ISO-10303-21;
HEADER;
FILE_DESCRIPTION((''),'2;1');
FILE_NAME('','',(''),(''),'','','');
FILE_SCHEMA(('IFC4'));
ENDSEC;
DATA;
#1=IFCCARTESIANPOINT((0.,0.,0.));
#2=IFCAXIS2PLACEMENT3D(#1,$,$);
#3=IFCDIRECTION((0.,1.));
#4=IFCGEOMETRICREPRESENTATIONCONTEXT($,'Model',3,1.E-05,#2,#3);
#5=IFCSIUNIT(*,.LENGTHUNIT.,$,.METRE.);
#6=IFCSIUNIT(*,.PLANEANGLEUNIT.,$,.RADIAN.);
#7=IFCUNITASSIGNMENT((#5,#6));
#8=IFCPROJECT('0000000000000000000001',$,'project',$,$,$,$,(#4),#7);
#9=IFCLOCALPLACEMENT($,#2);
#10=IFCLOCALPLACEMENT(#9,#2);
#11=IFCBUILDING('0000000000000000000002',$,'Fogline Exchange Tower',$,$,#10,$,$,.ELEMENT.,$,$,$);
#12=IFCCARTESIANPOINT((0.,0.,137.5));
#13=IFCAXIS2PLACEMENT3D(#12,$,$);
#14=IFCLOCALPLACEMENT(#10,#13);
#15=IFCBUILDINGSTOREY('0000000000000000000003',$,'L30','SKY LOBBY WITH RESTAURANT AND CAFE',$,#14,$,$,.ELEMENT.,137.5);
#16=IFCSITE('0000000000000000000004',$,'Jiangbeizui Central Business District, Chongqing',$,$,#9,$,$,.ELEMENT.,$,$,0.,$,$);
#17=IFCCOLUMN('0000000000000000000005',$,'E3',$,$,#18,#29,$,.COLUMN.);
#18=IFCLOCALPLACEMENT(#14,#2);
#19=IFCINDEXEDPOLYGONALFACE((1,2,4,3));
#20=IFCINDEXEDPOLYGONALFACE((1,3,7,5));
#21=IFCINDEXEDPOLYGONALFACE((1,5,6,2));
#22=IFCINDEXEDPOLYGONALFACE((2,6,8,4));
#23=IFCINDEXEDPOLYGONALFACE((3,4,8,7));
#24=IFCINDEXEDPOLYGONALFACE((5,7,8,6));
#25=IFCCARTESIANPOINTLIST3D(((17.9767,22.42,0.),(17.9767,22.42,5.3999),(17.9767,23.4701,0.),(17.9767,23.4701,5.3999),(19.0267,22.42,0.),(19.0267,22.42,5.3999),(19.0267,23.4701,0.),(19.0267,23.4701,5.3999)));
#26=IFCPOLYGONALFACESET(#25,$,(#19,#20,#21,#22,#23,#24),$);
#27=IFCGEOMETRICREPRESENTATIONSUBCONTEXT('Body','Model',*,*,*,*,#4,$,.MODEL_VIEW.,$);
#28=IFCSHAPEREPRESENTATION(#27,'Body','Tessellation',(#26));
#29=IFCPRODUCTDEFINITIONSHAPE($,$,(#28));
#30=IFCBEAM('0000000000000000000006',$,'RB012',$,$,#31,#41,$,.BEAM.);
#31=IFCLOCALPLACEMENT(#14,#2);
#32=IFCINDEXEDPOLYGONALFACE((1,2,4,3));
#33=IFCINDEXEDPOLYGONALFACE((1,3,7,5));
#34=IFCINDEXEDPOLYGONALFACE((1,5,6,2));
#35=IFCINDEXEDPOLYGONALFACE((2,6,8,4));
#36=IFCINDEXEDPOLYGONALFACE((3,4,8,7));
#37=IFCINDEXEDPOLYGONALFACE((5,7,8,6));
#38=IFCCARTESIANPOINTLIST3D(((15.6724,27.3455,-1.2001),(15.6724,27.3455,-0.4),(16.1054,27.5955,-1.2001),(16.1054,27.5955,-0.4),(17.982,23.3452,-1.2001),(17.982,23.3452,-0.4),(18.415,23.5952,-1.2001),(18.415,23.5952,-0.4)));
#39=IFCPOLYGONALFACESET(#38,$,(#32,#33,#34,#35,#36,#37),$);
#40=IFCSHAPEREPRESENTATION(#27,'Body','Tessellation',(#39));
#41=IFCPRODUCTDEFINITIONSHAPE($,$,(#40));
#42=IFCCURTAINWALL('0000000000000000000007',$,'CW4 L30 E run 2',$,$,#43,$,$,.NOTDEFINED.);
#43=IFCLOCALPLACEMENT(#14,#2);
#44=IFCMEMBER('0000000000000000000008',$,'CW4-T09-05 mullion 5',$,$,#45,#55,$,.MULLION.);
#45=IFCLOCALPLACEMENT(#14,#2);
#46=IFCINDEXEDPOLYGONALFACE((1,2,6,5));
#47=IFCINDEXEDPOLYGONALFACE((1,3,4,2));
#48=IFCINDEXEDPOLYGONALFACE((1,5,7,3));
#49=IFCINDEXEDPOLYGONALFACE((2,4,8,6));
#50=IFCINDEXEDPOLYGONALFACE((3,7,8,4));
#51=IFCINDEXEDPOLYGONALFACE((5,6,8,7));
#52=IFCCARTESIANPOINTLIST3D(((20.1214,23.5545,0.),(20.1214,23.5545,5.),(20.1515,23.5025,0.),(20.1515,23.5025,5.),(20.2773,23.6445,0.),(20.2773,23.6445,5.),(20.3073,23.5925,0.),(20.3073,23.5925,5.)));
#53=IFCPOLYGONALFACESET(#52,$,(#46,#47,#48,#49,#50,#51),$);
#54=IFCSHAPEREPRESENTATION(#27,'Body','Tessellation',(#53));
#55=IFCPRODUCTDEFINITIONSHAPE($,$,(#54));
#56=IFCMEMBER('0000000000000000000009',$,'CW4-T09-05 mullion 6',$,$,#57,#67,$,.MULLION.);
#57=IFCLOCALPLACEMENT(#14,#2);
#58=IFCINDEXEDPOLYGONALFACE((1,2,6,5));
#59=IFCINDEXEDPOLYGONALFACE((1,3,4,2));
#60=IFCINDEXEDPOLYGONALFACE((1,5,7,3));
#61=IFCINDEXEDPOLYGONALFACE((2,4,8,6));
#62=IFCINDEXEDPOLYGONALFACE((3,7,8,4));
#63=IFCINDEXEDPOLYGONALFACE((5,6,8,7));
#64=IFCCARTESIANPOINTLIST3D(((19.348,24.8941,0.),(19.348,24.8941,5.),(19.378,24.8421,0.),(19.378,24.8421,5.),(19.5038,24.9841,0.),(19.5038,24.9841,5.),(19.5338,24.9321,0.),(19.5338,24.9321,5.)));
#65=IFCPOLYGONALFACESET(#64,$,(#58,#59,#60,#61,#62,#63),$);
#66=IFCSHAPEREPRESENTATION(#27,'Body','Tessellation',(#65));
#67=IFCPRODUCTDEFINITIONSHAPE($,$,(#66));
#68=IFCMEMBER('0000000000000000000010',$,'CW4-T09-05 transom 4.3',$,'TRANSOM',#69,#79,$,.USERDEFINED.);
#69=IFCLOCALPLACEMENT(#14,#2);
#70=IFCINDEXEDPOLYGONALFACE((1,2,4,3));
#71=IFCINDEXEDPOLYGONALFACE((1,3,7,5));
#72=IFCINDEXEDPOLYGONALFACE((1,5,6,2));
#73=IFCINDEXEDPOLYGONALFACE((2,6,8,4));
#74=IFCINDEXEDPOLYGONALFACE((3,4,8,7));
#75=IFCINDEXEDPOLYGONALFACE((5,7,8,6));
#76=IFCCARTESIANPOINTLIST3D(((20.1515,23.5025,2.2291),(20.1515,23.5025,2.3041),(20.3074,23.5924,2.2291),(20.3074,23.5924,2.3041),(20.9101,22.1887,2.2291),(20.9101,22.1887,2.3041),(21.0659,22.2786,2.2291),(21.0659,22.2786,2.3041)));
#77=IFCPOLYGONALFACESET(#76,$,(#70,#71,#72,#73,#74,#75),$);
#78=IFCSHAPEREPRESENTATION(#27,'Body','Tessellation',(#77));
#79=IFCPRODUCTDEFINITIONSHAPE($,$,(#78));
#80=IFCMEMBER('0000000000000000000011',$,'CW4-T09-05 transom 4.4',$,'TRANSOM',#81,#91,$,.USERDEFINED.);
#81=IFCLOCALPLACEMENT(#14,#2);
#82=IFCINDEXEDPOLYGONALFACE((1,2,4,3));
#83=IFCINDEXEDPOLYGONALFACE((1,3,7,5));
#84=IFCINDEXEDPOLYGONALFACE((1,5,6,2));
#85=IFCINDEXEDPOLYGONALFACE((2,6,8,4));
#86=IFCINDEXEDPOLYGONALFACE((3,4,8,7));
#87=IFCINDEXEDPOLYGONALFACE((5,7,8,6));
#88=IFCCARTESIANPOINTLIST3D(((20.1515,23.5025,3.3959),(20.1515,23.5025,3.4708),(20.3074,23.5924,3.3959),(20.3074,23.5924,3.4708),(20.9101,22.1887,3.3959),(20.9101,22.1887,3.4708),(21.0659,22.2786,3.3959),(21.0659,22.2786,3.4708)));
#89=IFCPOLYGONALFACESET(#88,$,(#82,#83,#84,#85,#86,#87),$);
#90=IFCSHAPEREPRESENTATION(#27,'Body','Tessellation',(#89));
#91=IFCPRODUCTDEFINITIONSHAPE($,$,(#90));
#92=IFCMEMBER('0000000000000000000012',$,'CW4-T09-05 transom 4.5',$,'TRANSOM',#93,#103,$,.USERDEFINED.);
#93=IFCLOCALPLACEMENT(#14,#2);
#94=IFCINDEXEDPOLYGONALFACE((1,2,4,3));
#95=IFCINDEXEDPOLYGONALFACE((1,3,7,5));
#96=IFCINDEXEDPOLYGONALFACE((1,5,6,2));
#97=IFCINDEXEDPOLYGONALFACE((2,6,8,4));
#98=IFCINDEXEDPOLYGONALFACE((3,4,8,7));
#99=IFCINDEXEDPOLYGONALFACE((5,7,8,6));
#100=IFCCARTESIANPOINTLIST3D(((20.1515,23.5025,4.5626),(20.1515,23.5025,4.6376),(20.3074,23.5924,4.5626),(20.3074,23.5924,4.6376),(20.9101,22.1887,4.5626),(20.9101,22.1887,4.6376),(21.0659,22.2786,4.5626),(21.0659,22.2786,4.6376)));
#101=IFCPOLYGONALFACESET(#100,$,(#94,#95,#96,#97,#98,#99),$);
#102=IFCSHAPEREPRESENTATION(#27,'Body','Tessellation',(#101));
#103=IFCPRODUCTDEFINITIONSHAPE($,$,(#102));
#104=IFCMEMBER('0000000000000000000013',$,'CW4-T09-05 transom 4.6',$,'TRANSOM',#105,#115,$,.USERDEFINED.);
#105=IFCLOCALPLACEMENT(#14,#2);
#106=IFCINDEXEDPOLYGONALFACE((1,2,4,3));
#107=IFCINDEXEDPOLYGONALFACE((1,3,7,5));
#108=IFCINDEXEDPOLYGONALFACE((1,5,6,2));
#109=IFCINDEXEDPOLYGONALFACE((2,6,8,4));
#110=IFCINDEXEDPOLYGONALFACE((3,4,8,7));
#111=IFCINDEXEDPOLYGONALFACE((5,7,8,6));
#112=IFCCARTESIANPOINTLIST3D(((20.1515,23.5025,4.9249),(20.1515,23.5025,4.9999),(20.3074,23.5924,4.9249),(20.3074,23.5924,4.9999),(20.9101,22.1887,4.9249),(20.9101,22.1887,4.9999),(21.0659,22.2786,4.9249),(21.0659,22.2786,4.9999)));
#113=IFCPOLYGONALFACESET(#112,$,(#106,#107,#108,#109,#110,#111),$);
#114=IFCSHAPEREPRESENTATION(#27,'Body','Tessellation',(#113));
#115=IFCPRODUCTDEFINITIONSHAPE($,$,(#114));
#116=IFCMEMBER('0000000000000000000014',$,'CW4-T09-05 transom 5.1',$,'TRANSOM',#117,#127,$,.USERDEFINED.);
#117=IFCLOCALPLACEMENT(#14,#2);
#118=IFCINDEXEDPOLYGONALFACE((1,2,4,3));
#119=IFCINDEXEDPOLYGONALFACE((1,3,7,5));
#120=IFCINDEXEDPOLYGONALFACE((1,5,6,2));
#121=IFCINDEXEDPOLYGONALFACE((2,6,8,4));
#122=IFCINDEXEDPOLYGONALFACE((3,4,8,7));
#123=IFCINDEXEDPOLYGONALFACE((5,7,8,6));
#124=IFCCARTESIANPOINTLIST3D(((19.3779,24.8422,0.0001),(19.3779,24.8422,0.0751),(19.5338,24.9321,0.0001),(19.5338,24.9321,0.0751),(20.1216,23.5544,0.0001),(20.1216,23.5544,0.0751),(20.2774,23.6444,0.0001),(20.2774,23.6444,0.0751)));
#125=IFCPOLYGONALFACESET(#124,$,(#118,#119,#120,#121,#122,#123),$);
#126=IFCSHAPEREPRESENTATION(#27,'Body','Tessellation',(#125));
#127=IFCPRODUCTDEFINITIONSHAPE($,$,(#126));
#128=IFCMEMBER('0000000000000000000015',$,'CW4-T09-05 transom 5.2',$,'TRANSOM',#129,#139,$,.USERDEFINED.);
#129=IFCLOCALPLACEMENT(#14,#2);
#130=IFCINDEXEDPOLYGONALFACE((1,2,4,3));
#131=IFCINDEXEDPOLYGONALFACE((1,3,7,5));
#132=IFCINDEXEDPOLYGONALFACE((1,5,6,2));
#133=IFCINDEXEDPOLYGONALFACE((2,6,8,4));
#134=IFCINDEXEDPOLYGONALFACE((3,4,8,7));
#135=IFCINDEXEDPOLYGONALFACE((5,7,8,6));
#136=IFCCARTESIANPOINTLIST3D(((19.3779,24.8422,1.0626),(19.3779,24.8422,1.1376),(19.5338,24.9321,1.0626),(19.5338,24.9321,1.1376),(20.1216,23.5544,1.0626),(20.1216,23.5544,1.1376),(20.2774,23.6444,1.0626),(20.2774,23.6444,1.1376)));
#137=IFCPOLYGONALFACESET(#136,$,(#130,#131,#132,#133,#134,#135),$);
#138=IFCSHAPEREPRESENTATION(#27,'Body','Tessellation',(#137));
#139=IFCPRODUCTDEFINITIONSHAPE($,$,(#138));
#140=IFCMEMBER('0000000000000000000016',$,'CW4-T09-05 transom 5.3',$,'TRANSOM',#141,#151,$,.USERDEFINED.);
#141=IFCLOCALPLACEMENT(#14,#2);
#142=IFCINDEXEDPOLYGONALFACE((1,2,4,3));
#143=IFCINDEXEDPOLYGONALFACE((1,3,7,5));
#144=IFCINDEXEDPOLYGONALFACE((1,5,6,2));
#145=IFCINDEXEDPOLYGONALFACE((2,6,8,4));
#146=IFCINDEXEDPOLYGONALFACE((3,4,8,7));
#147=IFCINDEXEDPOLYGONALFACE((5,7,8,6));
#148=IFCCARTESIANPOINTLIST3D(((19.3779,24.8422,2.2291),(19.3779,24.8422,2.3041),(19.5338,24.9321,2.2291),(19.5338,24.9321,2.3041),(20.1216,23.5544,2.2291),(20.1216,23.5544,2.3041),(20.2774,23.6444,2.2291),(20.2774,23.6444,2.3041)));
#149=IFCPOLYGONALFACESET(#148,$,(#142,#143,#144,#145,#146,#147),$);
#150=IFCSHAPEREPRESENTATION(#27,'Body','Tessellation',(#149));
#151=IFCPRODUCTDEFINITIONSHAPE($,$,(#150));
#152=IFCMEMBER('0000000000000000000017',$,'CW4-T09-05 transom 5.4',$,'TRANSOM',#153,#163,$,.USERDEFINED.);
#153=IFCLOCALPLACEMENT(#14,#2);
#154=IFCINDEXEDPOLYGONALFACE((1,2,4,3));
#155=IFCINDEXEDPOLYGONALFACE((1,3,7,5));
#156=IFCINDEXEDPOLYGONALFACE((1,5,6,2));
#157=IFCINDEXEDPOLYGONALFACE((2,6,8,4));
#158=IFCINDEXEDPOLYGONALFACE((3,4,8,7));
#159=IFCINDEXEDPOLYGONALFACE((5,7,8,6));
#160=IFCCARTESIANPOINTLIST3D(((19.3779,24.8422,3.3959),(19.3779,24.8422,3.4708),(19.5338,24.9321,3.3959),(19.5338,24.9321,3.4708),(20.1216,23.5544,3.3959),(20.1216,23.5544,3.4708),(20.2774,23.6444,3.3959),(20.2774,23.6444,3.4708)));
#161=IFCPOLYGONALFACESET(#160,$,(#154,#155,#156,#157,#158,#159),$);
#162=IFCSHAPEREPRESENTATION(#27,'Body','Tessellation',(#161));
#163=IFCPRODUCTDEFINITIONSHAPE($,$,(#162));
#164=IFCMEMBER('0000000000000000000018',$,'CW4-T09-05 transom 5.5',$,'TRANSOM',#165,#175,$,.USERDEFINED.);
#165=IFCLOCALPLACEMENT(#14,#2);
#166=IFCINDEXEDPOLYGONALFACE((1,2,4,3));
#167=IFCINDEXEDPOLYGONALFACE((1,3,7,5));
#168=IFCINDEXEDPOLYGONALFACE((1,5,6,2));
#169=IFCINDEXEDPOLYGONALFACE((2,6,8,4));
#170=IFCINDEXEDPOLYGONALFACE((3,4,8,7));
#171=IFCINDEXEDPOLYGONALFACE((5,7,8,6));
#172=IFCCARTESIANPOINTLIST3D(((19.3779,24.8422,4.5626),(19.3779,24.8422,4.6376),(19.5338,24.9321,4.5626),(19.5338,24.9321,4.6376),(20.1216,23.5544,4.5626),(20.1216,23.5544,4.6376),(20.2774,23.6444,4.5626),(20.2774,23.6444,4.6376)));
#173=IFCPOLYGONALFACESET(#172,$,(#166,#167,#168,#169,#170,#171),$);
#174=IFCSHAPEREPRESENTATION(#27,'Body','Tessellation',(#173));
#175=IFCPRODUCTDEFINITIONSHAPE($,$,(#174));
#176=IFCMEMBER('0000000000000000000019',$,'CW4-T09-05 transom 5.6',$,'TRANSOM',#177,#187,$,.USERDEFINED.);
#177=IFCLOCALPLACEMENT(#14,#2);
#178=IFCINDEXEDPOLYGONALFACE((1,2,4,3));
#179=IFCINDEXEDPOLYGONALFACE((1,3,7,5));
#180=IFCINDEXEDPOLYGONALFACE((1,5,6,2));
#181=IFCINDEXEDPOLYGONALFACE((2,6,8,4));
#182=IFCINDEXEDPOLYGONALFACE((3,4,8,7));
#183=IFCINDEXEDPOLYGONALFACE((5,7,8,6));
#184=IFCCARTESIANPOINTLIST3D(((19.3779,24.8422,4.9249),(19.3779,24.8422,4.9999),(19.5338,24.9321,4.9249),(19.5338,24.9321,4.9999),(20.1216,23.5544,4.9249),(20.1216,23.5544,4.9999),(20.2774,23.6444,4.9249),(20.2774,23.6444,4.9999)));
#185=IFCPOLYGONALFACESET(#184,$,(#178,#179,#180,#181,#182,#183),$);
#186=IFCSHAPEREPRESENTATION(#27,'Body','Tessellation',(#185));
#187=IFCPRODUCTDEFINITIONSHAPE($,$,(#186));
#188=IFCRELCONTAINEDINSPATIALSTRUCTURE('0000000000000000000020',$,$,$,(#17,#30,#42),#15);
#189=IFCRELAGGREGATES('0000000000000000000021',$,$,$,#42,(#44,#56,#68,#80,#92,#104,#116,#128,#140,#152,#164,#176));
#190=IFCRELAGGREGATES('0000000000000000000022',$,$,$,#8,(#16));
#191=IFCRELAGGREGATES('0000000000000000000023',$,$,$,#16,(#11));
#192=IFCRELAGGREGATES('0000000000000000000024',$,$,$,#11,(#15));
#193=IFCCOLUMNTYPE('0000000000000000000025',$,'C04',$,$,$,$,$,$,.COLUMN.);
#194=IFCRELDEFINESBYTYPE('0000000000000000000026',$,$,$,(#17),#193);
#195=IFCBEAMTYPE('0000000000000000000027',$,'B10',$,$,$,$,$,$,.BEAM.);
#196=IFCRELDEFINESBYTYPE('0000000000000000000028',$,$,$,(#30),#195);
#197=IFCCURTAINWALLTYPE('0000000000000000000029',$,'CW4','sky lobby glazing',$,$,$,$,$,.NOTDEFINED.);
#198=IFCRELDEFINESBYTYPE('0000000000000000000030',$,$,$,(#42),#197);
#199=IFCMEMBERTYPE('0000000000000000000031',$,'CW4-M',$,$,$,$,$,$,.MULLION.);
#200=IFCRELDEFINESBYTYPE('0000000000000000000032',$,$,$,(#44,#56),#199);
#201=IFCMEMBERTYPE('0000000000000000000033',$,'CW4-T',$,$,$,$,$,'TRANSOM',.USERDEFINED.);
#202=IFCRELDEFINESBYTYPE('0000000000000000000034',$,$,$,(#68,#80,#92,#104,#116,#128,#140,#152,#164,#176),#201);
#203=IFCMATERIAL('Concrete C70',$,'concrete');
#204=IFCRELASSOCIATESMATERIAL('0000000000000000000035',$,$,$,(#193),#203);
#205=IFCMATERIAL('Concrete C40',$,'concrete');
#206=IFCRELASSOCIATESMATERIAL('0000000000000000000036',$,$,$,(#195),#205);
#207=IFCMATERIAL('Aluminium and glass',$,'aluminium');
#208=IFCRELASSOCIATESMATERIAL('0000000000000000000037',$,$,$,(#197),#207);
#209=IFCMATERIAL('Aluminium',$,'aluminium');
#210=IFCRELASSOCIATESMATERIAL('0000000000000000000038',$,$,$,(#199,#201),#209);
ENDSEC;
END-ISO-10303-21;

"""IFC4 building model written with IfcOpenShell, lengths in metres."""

from ifc_helpers import new_model, si_unit, direction, frame, origin, origin_2d, place, context, subcontext, project, spatial, rectangle, extrude, material, material_profile, profile_set, type_object, element, aggregate, save


model = new_model("IFC4")

# Units and contexts
model_context = context("Model", 3, precision=1e-05, world=origin(), true_north=direction((0.0, 1.0)))
body_context = subcontext(model_context, "Body", "Model", "MODEL_VIEW")
ifc_project = project(units=[si_unit("LENGTHUNIT", "METRE"), si_unit("PLANEANGLEUNIT", "RADIAN")], contexts=[model_context])

# Site, building, storey
site_placement = place(None, origin())
site = spatial("IfcSite", under=ifc_project, at=site_placement, Name="Jiangbeizui Central Business District, Chongqing", CompositionType="ELEMENT", RefElevation=0.0)
building_placement = place(site_placement, origin())
building = spatial("IfcBuilding", under=site, at=building_placement, Name="Fogline Exchange Tower", CompositionType="ELEMENT")
storey_placement = place(building_placement, frame((0.0, 0.0, 137.5)))
storey = spatial("IfcBuildingStorey", under=building, at=storey_placement, Name="L30", Description="SKY LOBBY WITH RESTAURANT AND CAFE", CompositionType="ELEMENT", Elevation=137.5)

# Column
ifc_material_1 = material(Name="Concrete C70", Category="concrete")
ifc_material_profile_1 = material_profile(ifc_material_1, rectangle(XDim=1.05, YDim=1.05, at=origin_2d()), Name="RC 1050x1050")
ifc_profile_set_1 = profile_set([ifc_material_profile_1], Name="Concrete C70")
column_type = type_object("IfcColumnType", Name="C04", PredefinedType="COLUMN", material=ifc_profile_set_1)
column_placement = place(storey_placement, frame((18.5017, 22.9451, 0.0), z_axis=(0.0, 0.0, 1.0), x_axis=(1.0, 0.0, 0.0)))
element("IfcColumn", 1, at=column_placement, inside=storey, type_object=column_type, Name="E3", PredefinedType="COLUMN", context=body_context, shape_type="SweptSolid", body=[
    extrude(rectangle(XDim=1.05, YDim=1.05, at=origin_2d()), origin(), (0.0, 0.0, 1.0), 5.3999),
])

# Beam
ifc_material_2 = material(Name="Concrete C40", Category="concrete")
ifc_material_profile_2 = material_profile(ifc_material_2, rectangle(XDim=0.5, YDim=0.8, at=origin_2d()), Name="RC 500x800")
ifc_profile_set_2 = profile_set([ifc_material_profile_2], Name="Concrete C40")
beam_type = type_object("IfcBeamType", Name="B10", PredefinedType="BEAM", material=ifc_profile_set_2)
beam_placement = place(storey_placement, frame((18.1985, 23.4702, -0.8), z_axis=(-0.500005, 0.866023, 0.0), x_axis=(-0.866023, -0.500005, 0.0)))
element("IfcBeam", 2, at=beam_placement, inside=storey, type_object=beam_type, Name="RB012", PredefinedType="BEAM", context=body_context, shape_type="SweptSolid", body=[
    extrude(rectangle(XDim=0.5, YDim=0.8, at=origin_2d()), origin(), (0.0, 0.0, 1.0), 4.6191),
])

# Curtain wall, members
ifc_material_3 = material(Name="Aluminium and glass", Category="aluminium")
curtain_wall_type = type_object("IfcCurtainWallType", Name="CW4", Description="sky lobby glazing", PredefinedType="NOTDEFINED", material=ifc_material_3)
curtain_wall_placement = place(storey_placement, origin())
curtain_wall = element("IfcCurtainWall", 3, at=curtain_wall_placement, inside=storey, type_object=curtain_wall_type, Name="CW4 L30 E run 2", PredefinedType="NOTDEFINED")
ifc_material_4 = material(Name="Aluminium", Category="aluminium")
ifc_material_profile_3 = material_profile(ifc_material_4, rectangle(XDim=0.1799, YDim=0.0601, at=origin_2d()), Name="Mullion 60x180")
ifc_profile_set_3 = profile_set([ifc_material_profile_3], Name="Aluminium")
member_type_1 = type_object("IfcMemberType", Name="CW4-M", PredefinedType="MULLION", material=ifc_profile_set_3)
member_1_placement = place(storey_placement, frame((20.2144, 23.5735, 0.0), z_axis=(0.0, 0.0, 1.0), x_axis=(-0.866025, -0.5, 0.0)))
member_1 = element("IfcMember", 4, at=member_1_placement, type_object=member_type_1, Name="CW4-T09-05 mullion 5", PredefinedType="MULLION", context=body_context, shape_type="SweptSolid", body=[
    extrude(rectangle(XDim=0.1799, YDim=0.0601, at=origin_2d()), origin(), (0.0, 0.0, 1.0), 5.0),
])
member_2_placement = place(storey_placement, frame((19.4409, 24.9131, 0.0), z_axis=(0.0, 0.0, 1.0), x_axis=(-0.866025, -0.5, 0.0)))
member_2 = element("IfcMember", 5, at=member_2_placement, type_object=member_type_1, Name="CW4-T09-05 mullion 6", PredefinedType="MULLION", context=body_context, shape_type="SweptSolid", body=[
    extrude(rectangle(XDim=0.1799, YDim=0.0601, at=origin_2d()), origin(), (0.0, 0.0, 1.0), 5.0),
])
ifc_material_profile_4 = material_profile(ifc_material_4, rectangle(XDim=0.1799, YDim=0.075, at=origin_2d()), Name="Transom 75x180")
ifc_profile_set_4 = profile_set([ifc_material_profile_4], Name="Aluminium")
member_type_2 = type_object("IfcMemberType", Name="CW4-T", ElementType="TRANSOM", PredefinedType="USERDEFINED", material=ifc_profile_set_4)
member_3_placement = place(storey_placement, frame((20.988, 22.2336, 2.2666), z_axis=(-0.500034, 0.866006, 0.0), x_axis=(-0.866006, -0.500034, 0.0)))
member_3 = element("IfcMember", 6, at=member_3_placement, type_object=member_type_2, Name="CW4-T09-05 transom 4.3", ObjectType="TRANSOM", PredefinedType="USERDEFINED", context=body_context, shape_type="SweptSolid", body=[
    extrude(rectangle(XDim=0.1799, YDim=0.075, at=origin_2d()), origin(), (0.0, 0.0, 1.0), 1.5171),
])
member_4_placement = place(storey_placement, frame((20.988, 22.2336, 3.4333), z_axis=(-0.500034, 0.866006, 0.0), x_axis=(-0.866006, -0.500034, 0.0)))
member_4 = element("IfcMember", 7, at=member_4_placement, type_object=member_type_2, Name="CW4-T09-05 transom 4.4", ObjectType="TRANSOM", PredefinedType="USERDEFINED", context=body_context, shape_type="SweptSolid", body=[
    extrude(rectangle(XDim=0.1799, YDim=0.075, at=origin_2d()), origin(), (0.0, 0.0, 1.0), 1.5171),
])
member_5_placement = place(storey_placement, frame((20.988, 22.2336, 4.6001), z_axis=(-0.500034, 0.866006, 0.0), x_axis=(-0.866006, -0.500034, 0.0)))
member_5 = element("IfcMember", 8, at=member_5_placement, type_object=member_type_2, Name="CW4-T09-05 transom 4.5", ObjectType="TRANSOM", PredefinedType="USERDEFINED", context=body_context, shape_type="SweptSolid", body=[
    extrude(rectangle(XDim=0.1799, YDim=0.075, at=origin_2d()), origin(), (0.0, 0.0, 1.0), 1.5171),
])
member_6_placement = place(storey_placement, frame((20.988, 22.2336, 4.9624), z_axis=(-0.500034, 0.866006, 0.0), x_axis=(-0.866006, -0.500034, 0.0)))
member_6 = element("IfcMember", 9, at=member_6_placement, type_object=member_type_2, Name="CW4-T09-05 transom 4.6", ObjectType="TRANSOM", PredefinedType="USERDEFINED", context=body_context, shape_type="SweptSolid", body=[
    extrude(rectangle(XDim=0.1799, YDim=0.075, at=origin_2d()), origin(), (0.0, 0.0, 1.0), 1.5171),
])
member_7_placement = place(storey_placement, frame((20.1995, 23.5994, 0.0376), z_axis=(-0.500059, 0.865991, 0.0), x_axis=(-0.865991, -0.500059, 0.0)))
member_7 = element("IfcMember", 10, at=member_7_placement, type_object=member_type_2, Name="CW4-T09-05 transom 5.1", ObjectType="TRANSOM", PredefinedType="USERDEFINED", context=body_context, shape_type="SweptSolid", body=[
    extrude(rectangle(XDim=0.1799, YDim=0.075, at=origin_2d()), origin(), (0.0, 0.0, 1.0), 1.4871),
])
member_8_placement = place(storey_placement, frame((20.1995, 23.5994, 1.1001), z_axis=(-0.500059, 0.865991, 0.0), x_axis=(-0.865991, -0.500059, 0.0)))
member_8 = element("IfcMember", 11, at=member_8_placement, type_object=member_type_2, Name="CW4-T09-05 transom 5.2", ObjectType="TRANSOM", PredefinedType="USERDEFINED", context=body_context, shape_type="SweptSolid", body=[
    extrude(rectangle(XDim=0.1799, YDim=0.075, at=origin_2d()), origin(), (0.0, 0.0, 1.0), 1.4871),
])
member_9_placement = place(storey_placement, frame((20.1995, 23.5994, 2.2666), z_axis=(-0.500059, 0.865991, 0.0), x_axis=(-0.865991, -0.500059, 0.0)))
member_9 = element("IfcMember", 12, at=member_9_placement, type_object=member_type_2, Name="CW4-T09-05 transom 5.3", ObjectType="TRANSOM", PredefinedType="USERDEFINED", context=body_context, shape_type="SweptSolid", body=[
    extrude(rectangle(XDim=0.1799, YDim=0.075, at=origin_2d()), origin(), (0.0, 0.0, 1.0), 1.4871),
])
member_10_placement = place(storey_placement, frame((20.1995, 23.5994, 3.4333), z_axis=(-0.500059, 0.865991, 0.0), x_axis=(-0.865991, -0.500059, 0.0)))
member_10 = element("IfcMember", 13, at=member_10_placement, type_object=member_type_2, Name="CW4-T09-05 transom 5.4", ObjectType="TRANSOM", PredefinedType="USERDEFINED", context=body_context, shape_type="SweptSolid", body=[
    extrude(rectangle(XDim=0.1799, YDim=0.075, at=origin_2d()), origin(), (0.0, 0.0, 1.0), 1.4871),
])
member_11_placement = place(storey_placement, frame((20.1995, 23.5994, 4.6001), z_axis=(-0.500059, 0.865991, 0.0), x_axis=(-0.865991, -0.500059, 0.0)))
member_11 = element("IfcMember", 14, at=member_11_placement, type_object=member_type_2, Name="CW4-T09-05 transom 5.5", ObjectType="TRANSOM", PredefinedType="USERDEFINED", context=body_context, shape_type="SweptSolid", body=[
    extrude(rectangle(XDim=0.1799, YDim=0.075, at=origin_2d()), origin(), (0.0, 0.0, 1.0), 1.4871),
])
member_12_placement = place(storey_placement, frame((20.1995, 23.5994, 4.9624), z_axis=(-0.500059, 0.865991, 0.0), x_axis=(-0.865991, -0.500059, 0.0)))
member_12 = element("IfcMember", 15, at=member_12_placement, type_object=member_type_2, Name="CW4-T09-05 transom 5.6", ObjectType="TRANSOM", PredefinedType="USERDEFINED", context=body_context, shape_type="SweptSolid", body=[
    extrude(rectangle(XDim=0.1799, YDim=0.075, at=origin_2d()), origin(), (0.0, 0.0, 1.0), 1.4871),
])
aggregate(curtain_wall, [member_1, member_2, member_3, member_4, member_5, member_6, member_7, member_8, member_9, member_10, member_11, member_12])

save(model, "model.ifc")
